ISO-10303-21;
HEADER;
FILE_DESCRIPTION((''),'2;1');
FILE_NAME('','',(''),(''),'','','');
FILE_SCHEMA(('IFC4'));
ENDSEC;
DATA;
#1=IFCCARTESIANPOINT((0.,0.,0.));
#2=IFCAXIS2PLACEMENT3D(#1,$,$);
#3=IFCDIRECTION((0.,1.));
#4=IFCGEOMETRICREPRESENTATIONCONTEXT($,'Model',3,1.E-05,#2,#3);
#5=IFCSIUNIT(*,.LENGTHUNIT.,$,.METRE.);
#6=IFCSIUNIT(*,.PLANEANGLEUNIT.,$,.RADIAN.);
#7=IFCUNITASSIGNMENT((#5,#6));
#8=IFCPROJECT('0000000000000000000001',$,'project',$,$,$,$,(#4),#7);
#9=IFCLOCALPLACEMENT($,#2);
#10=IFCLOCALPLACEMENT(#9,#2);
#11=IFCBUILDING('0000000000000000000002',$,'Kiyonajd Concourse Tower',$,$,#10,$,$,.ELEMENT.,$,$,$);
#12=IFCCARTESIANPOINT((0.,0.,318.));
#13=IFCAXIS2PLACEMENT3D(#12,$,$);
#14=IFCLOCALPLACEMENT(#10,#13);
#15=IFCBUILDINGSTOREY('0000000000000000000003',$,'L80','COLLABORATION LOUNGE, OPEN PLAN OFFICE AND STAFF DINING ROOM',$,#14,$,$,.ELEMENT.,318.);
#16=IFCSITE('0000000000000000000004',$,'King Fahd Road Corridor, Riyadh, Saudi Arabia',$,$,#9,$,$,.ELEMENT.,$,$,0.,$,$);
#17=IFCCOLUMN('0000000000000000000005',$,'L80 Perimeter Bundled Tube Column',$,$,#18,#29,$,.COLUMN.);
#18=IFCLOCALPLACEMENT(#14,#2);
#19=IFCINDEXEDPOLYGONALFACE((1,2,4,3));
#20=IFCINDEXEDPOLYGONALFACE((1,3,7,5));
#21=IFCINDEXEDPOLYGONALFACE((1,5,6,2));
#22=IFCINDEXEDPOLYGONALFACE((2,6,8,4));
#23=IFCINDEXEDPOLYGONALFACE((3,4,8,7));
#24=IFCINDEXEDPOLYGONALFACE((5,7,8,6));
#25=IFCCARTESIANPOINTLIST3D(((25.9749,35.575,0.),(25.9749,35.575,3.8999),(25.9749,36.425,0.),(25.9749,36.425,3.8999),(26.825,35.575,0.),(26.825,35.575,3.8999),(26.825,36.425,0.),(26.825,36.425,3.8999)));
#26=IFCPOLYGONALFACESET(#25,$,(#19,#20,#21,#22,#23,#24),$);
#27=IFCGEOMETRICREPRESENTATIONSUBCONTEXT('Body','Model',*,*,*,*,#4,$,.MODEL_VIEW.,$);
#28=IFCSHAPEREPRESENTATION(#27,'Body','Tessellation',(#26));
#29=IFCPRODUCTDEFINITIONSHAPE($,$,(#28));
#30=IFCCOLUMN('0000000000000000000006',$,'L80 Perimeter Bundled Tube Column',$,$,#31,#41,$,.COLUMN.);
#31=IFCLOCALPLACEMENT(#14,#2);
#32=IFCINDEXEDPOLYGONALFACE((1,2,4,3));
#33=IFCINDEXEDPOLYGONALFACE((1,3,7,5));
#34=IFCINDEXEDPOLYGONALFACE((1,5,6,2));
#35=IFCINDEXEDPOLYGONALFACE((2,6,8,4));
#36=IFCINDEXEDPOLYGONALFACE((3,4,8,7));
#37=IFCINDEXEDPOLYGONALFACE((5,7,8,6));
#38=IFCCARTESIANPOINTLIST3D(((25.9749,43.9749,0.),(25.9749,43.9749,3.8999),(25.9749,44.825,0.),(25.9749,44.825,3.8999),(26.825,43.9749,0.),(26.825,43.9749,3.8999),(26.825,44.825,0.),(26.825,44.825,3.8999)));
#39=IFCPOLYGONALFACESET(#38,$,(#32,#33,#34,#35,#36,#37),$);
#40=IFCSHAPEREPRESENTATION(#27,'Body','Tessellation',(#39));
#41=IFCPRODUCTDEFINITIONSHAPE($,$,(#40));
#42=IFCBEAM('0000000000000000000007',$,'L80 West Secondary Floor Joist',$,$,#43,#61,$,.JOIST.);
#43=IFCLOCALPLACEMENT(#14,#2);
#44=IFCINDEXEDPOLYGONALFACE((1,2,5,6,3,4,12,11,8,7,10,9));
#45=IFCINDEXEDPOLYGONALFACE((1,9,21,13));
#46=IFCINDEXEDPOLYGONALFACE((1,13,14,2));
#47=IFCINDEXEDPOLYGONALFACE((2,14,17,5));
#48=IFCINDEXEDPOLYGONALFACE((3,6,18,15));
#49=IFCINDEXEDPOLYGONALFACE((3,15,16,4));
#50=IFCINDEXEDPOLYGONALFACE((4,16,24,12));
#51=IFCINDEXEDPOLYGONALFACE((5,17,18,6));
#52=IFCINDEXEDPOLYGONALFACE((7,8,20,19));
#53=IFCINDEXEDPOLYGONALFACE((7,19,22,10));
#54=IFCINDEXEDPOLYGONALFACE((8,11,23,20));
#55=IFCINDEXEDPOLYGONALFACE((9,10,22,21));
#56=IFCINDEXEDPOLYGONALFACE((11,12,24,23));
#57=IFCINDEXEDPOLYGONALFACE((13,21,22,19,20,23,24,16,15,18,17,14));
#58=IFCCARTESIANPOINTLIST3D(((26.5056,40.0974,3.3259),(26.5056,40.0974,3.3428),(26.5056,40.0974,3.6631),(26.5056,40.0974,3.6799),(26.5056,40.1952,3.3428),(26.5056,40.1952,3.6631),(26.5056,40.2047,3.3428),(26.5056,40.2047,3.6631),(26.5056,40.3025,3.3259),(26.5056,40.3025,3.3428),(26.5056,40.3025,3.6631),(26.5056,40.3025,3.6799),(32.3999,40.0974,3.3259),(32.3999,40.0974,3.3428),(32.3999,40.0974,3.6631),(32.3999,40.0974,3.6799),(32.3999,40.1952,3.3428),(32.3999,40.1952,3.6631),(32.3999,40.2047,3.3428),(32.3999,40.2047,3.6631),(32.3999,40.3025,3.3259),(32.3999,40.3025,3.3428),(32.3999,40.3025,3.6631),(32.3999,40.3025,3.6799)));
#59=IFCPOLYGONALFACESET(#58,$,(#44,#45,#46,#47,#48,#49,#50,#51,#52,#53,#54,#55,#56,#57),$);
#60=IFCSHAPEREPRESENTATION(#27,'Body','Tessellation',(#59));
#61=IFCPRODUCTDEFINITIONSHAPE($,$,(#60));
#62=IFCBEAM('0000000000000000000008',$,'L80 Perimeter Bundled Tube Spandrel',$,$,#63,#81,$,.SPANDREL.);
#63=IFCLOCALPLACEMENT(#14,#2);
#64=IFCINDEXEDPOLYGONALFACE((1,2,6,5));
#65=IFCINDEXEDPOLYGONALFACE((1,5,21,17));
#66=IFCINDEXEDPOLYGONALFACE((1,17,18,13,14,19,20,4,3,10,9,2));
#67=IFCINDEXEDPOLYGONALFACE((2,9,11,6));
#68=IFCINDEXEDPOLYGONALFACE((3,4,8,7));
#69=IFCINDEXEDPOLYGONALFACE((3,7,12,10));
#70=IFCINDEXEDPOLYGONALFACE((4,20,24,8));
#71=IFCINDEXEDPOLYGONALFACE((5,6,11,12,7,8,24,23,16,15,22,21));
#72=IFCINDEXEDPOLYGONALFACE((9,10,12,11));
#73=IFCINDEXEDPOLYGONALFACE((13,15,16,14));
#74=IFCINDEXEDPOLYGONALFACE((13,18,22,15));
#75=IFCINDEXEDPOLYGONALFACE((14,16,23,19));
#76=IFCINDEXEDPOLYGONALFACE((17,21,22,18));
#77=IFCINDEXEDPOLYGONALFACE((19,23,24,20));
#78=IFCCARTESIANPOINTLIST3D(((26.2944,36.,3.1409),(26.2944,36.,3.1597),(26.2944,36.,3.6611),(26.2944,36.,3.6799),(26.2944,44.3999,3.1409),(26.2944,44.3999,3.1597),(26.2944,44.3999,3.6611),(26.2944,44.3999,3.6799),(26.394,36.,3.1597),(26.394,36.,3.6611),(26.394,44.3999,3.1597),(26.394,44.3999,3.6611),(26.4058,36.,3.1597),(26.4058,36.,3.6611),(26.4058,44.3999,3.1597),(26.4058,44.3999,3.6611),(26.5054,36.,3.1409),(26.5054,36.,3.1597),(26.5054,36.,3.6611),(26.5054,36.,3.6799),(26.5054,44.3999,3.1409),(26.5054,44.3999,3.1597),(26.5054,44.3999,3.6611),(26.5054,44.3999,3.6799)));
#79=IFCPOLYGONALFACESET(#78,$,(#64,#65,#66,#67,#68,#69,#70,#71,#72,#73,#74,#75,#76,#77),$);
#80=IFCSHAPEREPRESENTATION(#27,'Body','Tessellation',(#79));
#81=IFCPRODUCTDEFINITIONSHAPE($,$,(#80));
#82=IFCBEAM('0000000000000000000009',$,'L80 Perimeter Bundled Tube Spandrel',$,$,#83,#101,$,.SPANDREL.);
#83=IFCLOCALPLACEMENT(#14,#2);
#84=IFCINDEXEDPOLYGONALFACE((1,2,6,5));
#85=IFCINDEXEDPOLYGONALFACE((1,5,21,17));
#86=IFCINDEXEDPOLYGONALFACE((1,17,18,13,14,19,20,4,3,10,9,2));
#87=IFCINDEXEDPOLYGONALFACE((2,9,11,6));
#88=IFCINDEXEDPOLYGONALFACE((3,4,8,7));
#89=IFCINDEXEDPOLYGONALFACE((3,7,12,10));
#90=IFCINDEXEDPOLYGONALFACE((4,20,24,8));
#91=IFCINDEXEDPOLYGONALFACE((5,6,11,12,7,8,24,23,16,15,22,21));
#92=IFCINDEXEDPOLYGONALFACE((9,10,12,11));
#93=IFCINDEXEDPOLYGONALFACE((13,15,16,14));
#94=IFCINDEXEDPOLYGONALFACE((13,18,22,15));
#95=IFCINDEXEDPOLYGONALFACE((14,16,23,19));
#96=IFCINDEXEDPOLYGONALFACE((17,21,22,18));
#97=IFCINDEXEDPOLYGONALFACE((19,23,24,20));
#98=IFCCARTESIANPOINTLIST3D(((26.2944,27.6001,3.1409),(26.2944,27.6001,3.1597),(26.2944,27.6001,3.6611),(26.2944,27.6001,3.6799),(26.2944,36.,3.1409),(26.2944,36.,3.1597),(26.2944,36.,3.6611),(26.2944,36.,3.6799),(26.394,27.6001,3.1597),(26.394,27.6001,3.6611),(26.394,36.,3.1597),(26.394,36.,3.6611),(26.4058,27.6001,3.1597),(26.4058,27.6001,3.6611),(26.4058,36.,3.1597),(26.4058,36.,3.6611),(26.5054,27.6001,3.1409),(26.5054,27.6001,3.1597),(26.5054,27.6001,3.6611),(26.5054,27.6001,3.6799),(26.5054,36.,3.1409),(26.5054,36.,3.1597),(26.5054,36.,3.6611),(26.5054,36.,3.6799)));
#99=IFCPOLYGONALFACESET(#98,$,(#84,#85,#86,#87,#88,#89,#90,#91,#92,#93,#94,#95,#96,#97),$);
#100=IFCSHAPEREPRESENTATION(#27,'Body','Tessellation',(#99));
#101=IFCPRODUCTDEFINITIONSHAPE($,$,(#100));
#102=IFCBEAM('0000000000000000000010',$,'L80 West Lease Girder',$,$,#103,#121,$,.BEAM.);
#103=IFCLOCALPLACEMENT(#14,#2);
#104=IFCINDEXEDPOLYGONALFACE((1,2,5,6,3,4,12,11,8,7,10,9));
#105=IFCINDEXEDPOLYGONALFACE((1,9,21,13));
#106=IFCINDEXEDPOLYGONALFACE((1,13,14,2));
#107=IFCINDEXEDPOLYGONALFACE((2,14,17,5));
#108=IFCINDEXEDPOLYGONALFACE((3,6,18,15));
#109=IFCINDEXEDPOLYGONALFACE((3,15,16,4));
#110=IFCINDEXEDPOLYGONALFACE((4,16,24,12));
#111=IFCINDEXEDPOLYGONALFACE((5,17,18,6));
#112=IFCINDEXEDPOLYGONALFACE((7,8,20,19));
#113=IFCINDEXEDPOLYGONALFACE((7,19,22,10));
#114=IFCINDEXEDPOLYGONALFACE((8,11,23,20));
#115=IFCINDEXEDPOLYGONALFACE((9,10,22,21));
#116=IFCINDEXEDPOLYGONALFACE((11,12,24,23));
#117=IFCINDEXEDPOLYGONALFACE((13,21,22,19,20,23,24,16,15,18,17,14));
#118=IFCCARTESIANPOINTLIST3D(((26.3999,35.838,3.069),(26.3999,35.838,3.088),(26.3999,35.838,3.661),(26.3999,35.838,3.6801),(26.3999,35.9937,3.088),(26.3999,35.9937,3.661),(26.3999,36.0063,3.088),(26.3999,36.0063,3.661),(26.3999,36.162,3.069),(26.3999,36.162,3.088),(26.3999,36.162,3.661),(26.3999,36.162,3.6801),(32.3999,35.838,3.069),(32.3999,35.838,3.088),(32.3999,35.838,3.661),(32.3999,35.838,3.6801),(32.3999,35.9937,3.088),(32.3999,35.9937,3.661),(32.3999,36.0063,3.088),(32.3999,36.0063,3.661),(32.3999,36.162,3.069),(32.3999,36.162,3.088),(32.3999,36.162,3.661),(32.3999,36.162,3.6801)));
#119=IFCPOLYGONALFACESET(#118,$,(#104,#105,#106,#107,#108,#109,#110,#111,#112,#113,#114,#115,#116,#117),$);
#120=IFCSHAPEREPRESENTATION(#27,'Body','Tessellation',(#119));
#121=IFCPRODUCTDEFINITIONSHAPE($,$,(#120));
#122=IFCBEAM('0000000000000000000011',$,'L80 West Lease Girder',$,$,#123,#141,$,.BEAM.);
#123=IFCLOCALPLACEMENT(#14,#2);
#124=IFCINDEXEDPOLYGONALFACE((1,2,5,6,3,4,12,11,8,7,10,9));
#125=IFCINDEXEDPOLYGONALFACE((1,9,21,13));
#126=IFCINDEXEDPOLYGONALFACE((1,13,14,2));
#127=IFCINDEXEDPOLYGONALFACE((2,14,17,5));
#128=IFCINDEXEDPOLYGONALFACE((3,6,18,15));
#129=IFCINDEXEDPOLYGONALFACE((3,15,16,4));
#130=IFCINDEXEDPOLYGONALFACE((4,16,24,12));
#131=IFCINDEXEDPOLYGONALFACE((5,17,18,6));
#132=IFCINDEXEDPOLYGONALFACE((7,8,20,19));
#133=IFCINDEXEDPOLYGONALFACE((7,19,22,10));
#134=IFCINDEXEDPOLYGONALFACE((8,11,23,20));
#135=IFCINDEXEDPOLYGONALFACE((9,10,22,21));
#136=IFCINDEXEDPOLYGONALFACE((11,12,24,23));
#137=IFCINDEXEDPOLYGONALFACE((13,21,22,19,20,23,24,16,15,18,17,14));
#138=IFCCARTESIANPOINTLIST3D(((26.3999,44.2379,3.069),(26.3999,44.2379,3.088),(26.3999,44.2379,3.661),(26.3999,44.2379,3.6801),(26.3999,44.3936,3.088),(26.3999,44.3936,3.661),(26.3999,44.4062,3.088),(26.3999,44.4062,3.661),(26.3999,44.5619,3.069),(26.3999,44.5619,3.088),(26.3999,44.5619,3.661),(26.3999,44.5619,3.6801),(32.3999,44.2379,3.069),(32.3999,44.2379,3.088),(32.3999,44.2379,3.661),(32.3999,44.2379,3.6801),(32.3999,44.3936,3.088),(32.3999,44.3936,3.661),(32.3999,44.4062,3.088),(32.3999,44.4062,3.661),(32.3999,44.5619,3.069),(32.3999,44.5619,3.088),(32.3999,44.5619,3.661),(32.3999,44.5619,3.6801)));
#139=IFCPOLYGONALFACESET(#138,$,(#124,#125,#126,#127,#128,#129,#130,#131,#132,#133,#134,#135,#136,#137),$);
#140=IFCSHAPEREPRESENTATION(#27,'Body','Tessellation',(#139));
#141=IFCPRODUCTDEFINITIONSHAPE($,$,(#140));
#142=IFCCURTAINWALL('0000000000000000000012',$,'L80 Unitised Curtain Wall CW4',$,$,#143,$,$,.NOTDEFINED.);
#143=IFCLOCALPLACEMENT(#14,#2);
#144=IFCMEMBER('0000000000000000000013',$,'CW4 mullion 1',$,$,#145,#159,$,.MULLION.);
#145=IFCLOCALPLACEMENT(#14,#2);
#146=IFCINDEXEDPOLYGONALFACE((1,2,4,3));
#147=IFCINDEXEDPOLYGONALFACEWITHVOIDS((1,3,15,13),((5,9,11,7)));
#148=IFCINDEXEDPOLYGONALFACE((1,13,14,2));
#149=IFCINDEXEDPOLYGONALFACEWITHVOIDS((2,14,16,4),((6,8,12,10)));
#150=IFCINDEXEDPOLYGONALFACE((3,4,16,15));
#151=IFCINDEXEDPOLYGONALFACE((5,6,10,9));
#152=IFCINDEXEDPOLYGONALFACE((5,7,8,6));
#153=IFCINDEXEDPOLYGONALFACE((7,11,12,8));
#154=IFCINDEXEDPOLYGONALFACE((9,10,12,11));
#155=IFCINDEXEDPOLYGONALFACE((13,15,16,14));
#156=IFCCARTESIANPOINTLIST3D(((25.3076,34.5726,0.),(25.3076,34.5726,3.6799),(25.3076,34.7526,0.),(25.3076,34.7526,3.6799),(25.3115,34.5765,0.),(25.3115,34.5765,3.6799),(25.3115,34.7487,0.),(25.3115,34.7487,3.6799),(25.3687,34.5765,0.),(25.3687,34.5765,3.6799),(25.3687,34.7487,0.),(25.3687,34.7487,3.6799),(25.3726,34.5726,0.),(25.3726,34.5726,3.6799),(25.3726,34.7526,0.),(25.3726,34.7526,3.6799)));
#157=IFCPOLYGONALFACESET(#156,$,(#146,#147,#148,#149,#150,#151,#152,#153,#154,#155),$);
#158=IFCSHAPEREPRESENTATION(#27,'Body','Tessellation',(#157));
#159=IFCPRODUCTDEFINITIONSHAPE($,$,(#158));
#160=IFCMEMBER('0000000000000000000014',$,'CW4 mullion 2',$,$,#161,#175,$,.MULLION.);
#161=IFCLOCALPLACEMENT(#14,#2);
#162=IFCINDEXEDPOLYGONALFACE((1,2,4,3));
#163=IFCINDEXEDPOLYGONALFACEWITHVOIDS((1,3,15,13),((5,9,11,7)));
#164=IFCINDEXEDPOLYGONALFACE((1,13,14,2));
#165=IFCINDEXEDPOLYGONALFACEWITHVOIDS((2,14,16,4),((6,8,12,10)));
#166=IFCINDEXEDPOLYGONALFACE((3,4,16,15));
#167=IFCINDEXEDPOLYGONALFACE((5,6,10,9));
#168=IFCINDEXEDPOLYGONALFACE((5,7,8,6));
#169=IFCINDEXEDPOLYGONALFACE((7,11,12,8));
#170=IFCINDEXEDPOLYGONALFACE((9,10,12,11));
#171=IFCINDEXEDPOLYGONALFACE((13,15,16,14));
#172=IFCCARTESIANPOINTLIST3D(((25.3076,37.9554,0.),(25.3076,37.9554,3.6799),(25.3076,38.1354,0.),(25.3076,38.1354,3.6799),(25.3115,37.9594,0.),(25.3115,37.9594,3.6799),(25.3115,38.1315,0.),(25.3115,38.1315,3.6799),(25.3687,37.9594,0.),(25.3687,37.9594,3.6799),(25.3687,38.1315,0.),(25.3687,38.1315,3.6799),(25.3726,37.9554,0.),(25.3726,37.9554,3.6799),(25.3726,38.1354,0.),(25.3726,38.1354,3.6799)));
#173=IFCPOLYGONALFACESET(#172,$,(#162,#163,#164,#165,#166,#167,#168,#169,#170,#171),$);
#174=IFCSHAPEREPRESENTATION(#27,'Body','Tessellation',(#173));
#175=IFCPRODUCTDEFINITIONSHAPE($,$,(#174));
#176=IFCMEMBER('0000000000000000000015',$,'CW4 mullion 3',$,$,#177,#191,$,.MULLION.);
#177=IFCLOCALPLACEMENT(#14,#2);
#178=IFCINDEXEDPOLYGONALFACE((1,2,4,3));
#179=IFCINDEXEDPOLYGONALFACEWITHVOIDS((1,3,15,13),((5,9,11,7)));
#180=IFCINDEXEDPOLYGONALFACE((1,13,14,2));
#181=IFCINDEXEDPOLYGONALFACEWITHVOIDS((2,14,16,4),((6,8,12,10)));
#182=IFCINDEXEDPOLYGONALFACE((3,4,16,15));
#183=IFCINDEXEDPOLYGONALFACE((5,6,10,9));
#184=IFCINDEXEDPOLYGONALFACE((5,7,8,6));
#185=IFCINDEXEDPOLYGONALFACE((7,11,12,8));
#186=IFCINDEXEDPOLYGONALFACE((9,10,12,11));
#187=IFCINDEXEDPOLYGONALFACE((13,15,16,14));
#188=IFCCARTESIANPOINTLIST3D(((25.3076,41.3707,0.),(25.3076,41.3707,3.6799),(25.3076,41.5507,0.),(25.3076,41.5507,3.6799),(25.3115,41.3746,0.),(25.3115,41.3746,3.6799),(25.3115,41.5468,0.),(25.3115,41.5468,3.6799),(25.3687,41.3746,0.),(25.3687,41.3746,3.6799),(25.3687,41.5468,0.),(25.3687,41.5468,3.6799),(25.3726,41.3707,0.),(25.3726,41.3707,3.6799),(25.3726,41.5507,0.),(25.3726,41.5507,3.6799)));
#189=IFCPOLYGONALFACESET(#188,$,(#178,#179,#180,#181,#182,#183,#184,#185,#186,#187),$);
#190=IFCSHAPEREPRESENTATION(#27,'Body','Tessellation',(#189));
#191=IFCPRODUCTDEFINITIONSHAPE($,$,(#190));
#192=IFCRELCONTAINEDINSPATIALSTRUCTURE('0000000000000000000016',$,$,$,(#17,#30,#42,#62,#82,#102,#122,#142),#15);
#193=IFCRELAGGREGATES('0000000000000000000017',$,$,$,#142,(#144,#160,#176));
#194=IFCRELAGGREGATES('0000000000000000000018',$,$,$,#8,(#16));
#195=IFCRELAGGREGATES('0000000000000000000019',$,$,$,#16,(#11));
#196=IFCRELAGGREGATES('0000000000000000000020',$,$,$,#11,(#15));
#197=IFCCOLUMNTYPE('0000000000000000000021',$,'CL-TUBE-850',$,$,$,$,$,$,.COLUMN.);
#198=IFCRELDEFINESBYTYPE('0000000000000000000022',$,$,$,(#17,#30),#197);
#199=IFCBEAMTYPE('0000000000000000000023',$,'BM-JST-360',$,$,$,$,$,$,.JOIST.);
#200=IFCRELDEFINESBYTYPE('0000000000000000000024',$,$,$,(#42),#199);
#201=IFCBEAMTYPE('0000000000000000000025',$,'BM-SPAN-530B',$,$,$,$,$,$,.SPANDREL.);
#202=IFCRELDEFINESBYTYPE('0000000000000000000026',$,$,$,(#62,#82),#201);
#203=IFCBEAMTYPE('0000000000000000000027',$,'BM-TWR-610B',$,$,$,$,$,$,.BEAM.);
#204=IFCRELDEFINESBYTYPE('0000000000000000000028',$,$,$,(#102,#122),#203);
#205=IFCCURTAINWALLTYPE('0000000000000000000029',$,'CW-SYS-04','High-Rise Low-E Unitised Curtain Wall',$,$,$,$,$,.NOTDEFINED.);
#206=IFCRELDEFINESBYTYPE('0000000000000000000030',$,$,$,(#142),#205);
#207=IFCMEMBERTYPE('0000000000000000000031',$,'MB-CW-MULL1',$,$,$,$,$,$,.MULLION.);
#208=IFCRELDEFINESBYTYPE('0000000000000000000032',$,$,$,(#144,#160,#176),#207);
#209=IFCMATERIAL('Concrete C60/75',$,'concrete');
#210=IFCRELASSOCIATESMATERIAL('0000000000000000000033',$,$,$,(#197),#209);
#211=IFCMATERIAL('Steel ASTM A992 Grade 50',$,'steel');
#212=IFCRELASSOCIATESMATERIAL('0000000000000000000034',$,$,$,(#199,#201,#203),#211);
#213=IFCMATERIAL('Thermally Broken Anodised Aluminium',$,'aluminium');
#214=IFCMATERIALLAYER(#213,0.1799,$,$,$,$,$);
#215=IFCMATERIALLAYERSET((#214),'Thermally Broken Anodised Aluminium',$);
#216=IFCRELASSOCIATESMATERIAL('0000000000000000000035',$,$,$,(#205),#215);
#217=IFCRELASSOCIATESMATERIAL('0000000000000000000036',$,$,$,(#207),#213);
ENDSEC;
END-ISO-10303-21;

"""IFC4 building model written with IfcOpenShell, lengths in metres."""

from ifc_helpers import new_model, si_unit, direction, frame, origin, origin_2d, place, context, subcontext, project, spatial, rectangle, hollow_rectangle, i_section, extrude, material, layer, layer_set, material_profile, profile_set, type_object, element, aggregate, save


model = new_model("IFC4")

# Units and contexts
model_context = context("Model", 3, precision=1e-05, world=origin(), true_north=direction((0.0, 1.0)))
body_context = subcontext(model_context, "Body", "Model", "MODEL_VIEW")
ifc_project = project(units=[si_unit("LENGTHUNIT", "METRE"), si_unit("PLANEANGLEUNIT", "RADIAN")], contexts=[model_context])

# Site, building, storey
site_placement = place(None, origin())
site = spatial("IfcSite", under=ifc_project, at=site_placement, Name="King Fahd Road Corridor, Riyadh, Saudi Arabia", CompositionType="ELEMENT", RefElevation=0.0)
building_placement = place(site_placement, origin())
building = spatial("IfcBuilding", under=site, at=building_placement, Name="Kiyonajd Concourse Tower", CompositionType="ELEMENT")
storey_placement = place(building_placement, frame((0.0, 0.0, 318.0)))
storey = spatial("IfcBuildingStorey", under=building, at=storey_placement, Name="L80", Description="COLLABORATION LOUNGE, OPEN PLAN OFFICE AND STAFF DINING ROOM", CompositionType="ELEMENT", Elevation=318.0)

# Columns
ifc_material_1 = material(Name="Concrete C60/75", Category="concrete")
ifc_material_profile_1 = material_profile(ifc_material_1, rectangle(XDim=0.8501, YDim=0.8501, at=origin_2d()), Name="RC-850x850")
ifc_profile_set_1 = profile_set([ifc_material_profile_1], Name="Concrete C60/75")
column_type = type_object("IfcColumnType", Name="CL-TUBE-850", PredefinedType="COLUMN", material=ifc_profile_set_1)
for number, where, z_axis, x_axis, name in (
    (1, (26.3999, 36.0, 0.0), (0.0, 0.0, 1.0), (1.0, 0.0, 0.0), "L80 Perimeter Bundled Tube Column"),
    (2, (26.3999, 44.3999, 0.0), (0.0, 0.0, 1.0), (1.0, 0.0, 0.0), "L80 Perimeter Bundled Tube Column"),
):
    element("IfcColumn", number, at=place(storey_placement, frame(where, z_axis=z_axis, x_axis=x_axis)), inside=storey, type_object=column_type, Name=name, PredefinedType="COLUMN", context=body_context, shape_type="SweptSolid", body=[
        extrude(rectangle(XDim=0.8501, YDim=0.8501, at=origin_2d()), origin(), (0.0, 0.0, 1.0), 3.8999),
    ])

# Beams
ifc_material_2 = material(Name="Steel ASTM A992 Grade 50", Category="steel")
ifc_material_profile_2 = material_profile(ifc_material_2, i_section(OverallWidth=0.2051, OverallDepth=0.354, WebThickness=0.0095, FlangeThickness=0.0168, at=origin_2d()), Name="W360X79")
ifc_profile_set_2 = profile_set([ifc_material_profile_2], Name="Steel ASTM A992 Grade 50")
beam_type_1 = type_object("IfcBeamType", Name="BM-JST-360", PredefinedType="JOIST", material=ifc_profile_set_2)
beam_placement = place(storey_placement, frame((26.5056, 40.2, 3.5029), z_axis=(1.0, 0.0, 0.0), x_axis=(0.0, 1.0, 0.0)))
element("IfcBeam", 3, at=beam_placement, inside=storey, type_object=beam_type_1, Name="L80 West Secondary Floor Joist", PredefinedType="JOIST", context=body_context, shape_type="SweptSolid", body=[
    extrude(i_section(OverallWidth=0.2051, OverallDepth=0.354, WebThickness=0.0095, FlangeThickness=0.0168, at=origin_2d()), origin(), (0.0, 0.0, 1.0), 5.8943),
])
ifc_material_profile_3 = material_profile(ifc_material_2, i_section(OverallWidth=0.2109, OverallDepth=0.5391, WebThickness=0.0117, FlangeThickness=0.0188, at=origin_2d()), Name="W530X109")
ifc_profile_set_3 = profile_set([ifc_material_profile_3], Name="Steel ASTM A992 Grade 50")
beam_type_2 = type_object("IfcBeamType", Name="BM-SPAN-530B", PredefinedType="SPANDREL", material=ifc_profile_set_3)
for number, where, z_axis, x_axis, name in (
    (4, (26.3999, 44.3999, 3.4104), (0.0, -1.0, 0.0), (1.0, 0.0, 0.0), "L80 Perimeter Bundled Tube Spandrel"),
    (5, (26.3999, 36.0, 3.4104), (0.0, -1.0, 0.0), (1.0, 0.0, 0.0), "L80 Perimeter Bundled Tube Spandrel"),
):
    element("IfcBeam", number, at=place(storey_placement, frame(where, z_axis=z_axis, x_axis=x_axis)), inside=storey, type_object=beam_type_2, Name=name, PredefinedType="SPANDREL", context=body_context, shape_type="SweptSolid", body=[
        extrude(i_section(OverallWidth=0.2109, OverallDepth=0.5391, WebThickness=0.0117, FlangeThickness=0.0188, at=origin_2d()), origin(), (0.0, 0.0, 1.0), 8.3999),
    ])
ifc_material_profile_4 = material_profile(ifc_material_2, i_section(OverallWidth=0.324, OverallDepth=0.6111, WebThickness=0.0127, FlangeThickness=0.019, at=origin_2d()), Name="W610X155")
ifc_profile_set_4 = profile_set([ifc_material_profile_4], Name="Steel ASTM A992 Grade 50")
beam_type_3 = type_object("IfcBeamType", Name="BM-TWR-610B", PredefinedType="BEAM", material=ifc_profile_set_4)
for number, where, z_axis, x_axis, name in (
    (6, (26.3999, 36.0, 3.3745), (1.0, 0.0, 0.0), (0.0, 1.0, 0.0), "L80 West Lease Girder"),
    (7, (26.3999, 44.3999, 3.3745), (1.0, 0.0, 0.0), (0.0, 1.0, 0.0), "L80 West Lease Girder"),
):
    element("IfcBeam", number, at=place(storey_placement, frame(where, z_axis=z_axis, x_axis=x_axis)), inside=storey, type_object=beam_type_3, Name=name, PredefinedType="BEAM", context=body_context, shape_type="SweptSolid", body=[
        extrude(i_section(OverallWidth=0.324, OverallDepth=0.6111, WebThickness=0.0127, FlangeThickness=0.019, at=origin_2d()), origin(), (0.0, 0.0, 1.0), 6.0),
    ])

# Curtain wall, members
ifc_material_3 = material(Name="Thermally Broken Anodised Aluminium", Category="aluminium")
ifc_layer_1 = layer(ifc_material_3, 0.1799)
ifc_layer_set_1 = layer_set([ifc_layer_1], Name="Thermally Broken Anodised Aluminium")
curtain_wall_type = type_object("IfcCurtainWallType", Name="CW-SYS-04", Description="High-Rise Low-E Unitised Curtain Wall", PredefinedType="NOTDEFINED", material=ifc_layer_set_1)
curtain_wall_placement = place(storey_placement, origin())
curtain_wall = element("IfcCurtainWall", 8, at=curtain_wall_placement, inside=storey, type_object=curtain_wall_type, Name="L80 Unitised Curtain Wall CW4", PredefinedType="NOTDEFINED")
ifc_material_profile_5 = material_profile(ifc_material_3, hollow_rectangle(XDim=0.0649, YDim=0.1799, WallThickness=0.0039, at=origin_2d()), Name="MULL-65x180")
ifc_profile_set_5 = profile_set([ifc_material_profile_5], Name="Thermally Broken Anodised Aluminium")
member_type_1 = type_object("IfcMemberType", Name="MB-CW-MULL1", PredefinedType="MULLION", material=ifc_profile_set_5)
member_1_placement = place(storey_placement, frame((25.3401, 34.6626, 0.0), z_axis=(0.0, 0.0, 1.0), x_axis=(-1.0, 0.0, 0.0)))
member_1 = element("IfcMember", 9, at=member_1_placement, type_object=member_type_1, Name="CW4 mullion 1", PredefinedType="MULLION", context=body_context, shape_type="SweptSolid", body=[
    extrude(hollow_rectangle(XDim=0.0649, YDim=0.1799, WallThickness=0.0039, at=origin_2d()), origin(), (0.0, 0.0, 1.0), 3.6799),
])
member_2_placement = place(storey_placement, frame((25.3401, 38.0454, 0.0), z_axis=(0.0, 0.0, 1.0), x_axis=(-1.0, 0.0, 0.0)))
member_2 = element("IfcMember", 10, at=member_2_placement, type_object=member_type_1, Name="CW4 mullion 2", PredefinedType="MULLION", context=body_context, shape_type="SweptSolid", body=[
    extrude(hollow_rectangle(XDim=0.0649, YDim=0.1799, WallThickness=0.0039, at=origin_2d()), origin(), (0.0, 0.0, 1.0), 3.6799),
])
member_3_placement = place(storey_placement, frame((25.3401, 41.4607, 0.0), z_axis=(0.0, 0.0, 1.0), x_axis=(-1.0, 0.0, 0.0)))
member_3 = element("IfcMember", 11, at=member_3_placement, type_object=member_type_1, Name="CW4 mullion 3", PredefinedType="MULLION", context=body_context, shape_type="SweptSolid", body=[
    extrude(hollow_rectangle(XDim=0.0649, YDim=0.1799, WallThickness=0.0039, at=origin_2d()), origin(), (0.0, 0.0, 1.0), 3.6799),
])

aggregate(curtain_wall, [member_1, member_2, member_3])

save(model, "model.ifc")
